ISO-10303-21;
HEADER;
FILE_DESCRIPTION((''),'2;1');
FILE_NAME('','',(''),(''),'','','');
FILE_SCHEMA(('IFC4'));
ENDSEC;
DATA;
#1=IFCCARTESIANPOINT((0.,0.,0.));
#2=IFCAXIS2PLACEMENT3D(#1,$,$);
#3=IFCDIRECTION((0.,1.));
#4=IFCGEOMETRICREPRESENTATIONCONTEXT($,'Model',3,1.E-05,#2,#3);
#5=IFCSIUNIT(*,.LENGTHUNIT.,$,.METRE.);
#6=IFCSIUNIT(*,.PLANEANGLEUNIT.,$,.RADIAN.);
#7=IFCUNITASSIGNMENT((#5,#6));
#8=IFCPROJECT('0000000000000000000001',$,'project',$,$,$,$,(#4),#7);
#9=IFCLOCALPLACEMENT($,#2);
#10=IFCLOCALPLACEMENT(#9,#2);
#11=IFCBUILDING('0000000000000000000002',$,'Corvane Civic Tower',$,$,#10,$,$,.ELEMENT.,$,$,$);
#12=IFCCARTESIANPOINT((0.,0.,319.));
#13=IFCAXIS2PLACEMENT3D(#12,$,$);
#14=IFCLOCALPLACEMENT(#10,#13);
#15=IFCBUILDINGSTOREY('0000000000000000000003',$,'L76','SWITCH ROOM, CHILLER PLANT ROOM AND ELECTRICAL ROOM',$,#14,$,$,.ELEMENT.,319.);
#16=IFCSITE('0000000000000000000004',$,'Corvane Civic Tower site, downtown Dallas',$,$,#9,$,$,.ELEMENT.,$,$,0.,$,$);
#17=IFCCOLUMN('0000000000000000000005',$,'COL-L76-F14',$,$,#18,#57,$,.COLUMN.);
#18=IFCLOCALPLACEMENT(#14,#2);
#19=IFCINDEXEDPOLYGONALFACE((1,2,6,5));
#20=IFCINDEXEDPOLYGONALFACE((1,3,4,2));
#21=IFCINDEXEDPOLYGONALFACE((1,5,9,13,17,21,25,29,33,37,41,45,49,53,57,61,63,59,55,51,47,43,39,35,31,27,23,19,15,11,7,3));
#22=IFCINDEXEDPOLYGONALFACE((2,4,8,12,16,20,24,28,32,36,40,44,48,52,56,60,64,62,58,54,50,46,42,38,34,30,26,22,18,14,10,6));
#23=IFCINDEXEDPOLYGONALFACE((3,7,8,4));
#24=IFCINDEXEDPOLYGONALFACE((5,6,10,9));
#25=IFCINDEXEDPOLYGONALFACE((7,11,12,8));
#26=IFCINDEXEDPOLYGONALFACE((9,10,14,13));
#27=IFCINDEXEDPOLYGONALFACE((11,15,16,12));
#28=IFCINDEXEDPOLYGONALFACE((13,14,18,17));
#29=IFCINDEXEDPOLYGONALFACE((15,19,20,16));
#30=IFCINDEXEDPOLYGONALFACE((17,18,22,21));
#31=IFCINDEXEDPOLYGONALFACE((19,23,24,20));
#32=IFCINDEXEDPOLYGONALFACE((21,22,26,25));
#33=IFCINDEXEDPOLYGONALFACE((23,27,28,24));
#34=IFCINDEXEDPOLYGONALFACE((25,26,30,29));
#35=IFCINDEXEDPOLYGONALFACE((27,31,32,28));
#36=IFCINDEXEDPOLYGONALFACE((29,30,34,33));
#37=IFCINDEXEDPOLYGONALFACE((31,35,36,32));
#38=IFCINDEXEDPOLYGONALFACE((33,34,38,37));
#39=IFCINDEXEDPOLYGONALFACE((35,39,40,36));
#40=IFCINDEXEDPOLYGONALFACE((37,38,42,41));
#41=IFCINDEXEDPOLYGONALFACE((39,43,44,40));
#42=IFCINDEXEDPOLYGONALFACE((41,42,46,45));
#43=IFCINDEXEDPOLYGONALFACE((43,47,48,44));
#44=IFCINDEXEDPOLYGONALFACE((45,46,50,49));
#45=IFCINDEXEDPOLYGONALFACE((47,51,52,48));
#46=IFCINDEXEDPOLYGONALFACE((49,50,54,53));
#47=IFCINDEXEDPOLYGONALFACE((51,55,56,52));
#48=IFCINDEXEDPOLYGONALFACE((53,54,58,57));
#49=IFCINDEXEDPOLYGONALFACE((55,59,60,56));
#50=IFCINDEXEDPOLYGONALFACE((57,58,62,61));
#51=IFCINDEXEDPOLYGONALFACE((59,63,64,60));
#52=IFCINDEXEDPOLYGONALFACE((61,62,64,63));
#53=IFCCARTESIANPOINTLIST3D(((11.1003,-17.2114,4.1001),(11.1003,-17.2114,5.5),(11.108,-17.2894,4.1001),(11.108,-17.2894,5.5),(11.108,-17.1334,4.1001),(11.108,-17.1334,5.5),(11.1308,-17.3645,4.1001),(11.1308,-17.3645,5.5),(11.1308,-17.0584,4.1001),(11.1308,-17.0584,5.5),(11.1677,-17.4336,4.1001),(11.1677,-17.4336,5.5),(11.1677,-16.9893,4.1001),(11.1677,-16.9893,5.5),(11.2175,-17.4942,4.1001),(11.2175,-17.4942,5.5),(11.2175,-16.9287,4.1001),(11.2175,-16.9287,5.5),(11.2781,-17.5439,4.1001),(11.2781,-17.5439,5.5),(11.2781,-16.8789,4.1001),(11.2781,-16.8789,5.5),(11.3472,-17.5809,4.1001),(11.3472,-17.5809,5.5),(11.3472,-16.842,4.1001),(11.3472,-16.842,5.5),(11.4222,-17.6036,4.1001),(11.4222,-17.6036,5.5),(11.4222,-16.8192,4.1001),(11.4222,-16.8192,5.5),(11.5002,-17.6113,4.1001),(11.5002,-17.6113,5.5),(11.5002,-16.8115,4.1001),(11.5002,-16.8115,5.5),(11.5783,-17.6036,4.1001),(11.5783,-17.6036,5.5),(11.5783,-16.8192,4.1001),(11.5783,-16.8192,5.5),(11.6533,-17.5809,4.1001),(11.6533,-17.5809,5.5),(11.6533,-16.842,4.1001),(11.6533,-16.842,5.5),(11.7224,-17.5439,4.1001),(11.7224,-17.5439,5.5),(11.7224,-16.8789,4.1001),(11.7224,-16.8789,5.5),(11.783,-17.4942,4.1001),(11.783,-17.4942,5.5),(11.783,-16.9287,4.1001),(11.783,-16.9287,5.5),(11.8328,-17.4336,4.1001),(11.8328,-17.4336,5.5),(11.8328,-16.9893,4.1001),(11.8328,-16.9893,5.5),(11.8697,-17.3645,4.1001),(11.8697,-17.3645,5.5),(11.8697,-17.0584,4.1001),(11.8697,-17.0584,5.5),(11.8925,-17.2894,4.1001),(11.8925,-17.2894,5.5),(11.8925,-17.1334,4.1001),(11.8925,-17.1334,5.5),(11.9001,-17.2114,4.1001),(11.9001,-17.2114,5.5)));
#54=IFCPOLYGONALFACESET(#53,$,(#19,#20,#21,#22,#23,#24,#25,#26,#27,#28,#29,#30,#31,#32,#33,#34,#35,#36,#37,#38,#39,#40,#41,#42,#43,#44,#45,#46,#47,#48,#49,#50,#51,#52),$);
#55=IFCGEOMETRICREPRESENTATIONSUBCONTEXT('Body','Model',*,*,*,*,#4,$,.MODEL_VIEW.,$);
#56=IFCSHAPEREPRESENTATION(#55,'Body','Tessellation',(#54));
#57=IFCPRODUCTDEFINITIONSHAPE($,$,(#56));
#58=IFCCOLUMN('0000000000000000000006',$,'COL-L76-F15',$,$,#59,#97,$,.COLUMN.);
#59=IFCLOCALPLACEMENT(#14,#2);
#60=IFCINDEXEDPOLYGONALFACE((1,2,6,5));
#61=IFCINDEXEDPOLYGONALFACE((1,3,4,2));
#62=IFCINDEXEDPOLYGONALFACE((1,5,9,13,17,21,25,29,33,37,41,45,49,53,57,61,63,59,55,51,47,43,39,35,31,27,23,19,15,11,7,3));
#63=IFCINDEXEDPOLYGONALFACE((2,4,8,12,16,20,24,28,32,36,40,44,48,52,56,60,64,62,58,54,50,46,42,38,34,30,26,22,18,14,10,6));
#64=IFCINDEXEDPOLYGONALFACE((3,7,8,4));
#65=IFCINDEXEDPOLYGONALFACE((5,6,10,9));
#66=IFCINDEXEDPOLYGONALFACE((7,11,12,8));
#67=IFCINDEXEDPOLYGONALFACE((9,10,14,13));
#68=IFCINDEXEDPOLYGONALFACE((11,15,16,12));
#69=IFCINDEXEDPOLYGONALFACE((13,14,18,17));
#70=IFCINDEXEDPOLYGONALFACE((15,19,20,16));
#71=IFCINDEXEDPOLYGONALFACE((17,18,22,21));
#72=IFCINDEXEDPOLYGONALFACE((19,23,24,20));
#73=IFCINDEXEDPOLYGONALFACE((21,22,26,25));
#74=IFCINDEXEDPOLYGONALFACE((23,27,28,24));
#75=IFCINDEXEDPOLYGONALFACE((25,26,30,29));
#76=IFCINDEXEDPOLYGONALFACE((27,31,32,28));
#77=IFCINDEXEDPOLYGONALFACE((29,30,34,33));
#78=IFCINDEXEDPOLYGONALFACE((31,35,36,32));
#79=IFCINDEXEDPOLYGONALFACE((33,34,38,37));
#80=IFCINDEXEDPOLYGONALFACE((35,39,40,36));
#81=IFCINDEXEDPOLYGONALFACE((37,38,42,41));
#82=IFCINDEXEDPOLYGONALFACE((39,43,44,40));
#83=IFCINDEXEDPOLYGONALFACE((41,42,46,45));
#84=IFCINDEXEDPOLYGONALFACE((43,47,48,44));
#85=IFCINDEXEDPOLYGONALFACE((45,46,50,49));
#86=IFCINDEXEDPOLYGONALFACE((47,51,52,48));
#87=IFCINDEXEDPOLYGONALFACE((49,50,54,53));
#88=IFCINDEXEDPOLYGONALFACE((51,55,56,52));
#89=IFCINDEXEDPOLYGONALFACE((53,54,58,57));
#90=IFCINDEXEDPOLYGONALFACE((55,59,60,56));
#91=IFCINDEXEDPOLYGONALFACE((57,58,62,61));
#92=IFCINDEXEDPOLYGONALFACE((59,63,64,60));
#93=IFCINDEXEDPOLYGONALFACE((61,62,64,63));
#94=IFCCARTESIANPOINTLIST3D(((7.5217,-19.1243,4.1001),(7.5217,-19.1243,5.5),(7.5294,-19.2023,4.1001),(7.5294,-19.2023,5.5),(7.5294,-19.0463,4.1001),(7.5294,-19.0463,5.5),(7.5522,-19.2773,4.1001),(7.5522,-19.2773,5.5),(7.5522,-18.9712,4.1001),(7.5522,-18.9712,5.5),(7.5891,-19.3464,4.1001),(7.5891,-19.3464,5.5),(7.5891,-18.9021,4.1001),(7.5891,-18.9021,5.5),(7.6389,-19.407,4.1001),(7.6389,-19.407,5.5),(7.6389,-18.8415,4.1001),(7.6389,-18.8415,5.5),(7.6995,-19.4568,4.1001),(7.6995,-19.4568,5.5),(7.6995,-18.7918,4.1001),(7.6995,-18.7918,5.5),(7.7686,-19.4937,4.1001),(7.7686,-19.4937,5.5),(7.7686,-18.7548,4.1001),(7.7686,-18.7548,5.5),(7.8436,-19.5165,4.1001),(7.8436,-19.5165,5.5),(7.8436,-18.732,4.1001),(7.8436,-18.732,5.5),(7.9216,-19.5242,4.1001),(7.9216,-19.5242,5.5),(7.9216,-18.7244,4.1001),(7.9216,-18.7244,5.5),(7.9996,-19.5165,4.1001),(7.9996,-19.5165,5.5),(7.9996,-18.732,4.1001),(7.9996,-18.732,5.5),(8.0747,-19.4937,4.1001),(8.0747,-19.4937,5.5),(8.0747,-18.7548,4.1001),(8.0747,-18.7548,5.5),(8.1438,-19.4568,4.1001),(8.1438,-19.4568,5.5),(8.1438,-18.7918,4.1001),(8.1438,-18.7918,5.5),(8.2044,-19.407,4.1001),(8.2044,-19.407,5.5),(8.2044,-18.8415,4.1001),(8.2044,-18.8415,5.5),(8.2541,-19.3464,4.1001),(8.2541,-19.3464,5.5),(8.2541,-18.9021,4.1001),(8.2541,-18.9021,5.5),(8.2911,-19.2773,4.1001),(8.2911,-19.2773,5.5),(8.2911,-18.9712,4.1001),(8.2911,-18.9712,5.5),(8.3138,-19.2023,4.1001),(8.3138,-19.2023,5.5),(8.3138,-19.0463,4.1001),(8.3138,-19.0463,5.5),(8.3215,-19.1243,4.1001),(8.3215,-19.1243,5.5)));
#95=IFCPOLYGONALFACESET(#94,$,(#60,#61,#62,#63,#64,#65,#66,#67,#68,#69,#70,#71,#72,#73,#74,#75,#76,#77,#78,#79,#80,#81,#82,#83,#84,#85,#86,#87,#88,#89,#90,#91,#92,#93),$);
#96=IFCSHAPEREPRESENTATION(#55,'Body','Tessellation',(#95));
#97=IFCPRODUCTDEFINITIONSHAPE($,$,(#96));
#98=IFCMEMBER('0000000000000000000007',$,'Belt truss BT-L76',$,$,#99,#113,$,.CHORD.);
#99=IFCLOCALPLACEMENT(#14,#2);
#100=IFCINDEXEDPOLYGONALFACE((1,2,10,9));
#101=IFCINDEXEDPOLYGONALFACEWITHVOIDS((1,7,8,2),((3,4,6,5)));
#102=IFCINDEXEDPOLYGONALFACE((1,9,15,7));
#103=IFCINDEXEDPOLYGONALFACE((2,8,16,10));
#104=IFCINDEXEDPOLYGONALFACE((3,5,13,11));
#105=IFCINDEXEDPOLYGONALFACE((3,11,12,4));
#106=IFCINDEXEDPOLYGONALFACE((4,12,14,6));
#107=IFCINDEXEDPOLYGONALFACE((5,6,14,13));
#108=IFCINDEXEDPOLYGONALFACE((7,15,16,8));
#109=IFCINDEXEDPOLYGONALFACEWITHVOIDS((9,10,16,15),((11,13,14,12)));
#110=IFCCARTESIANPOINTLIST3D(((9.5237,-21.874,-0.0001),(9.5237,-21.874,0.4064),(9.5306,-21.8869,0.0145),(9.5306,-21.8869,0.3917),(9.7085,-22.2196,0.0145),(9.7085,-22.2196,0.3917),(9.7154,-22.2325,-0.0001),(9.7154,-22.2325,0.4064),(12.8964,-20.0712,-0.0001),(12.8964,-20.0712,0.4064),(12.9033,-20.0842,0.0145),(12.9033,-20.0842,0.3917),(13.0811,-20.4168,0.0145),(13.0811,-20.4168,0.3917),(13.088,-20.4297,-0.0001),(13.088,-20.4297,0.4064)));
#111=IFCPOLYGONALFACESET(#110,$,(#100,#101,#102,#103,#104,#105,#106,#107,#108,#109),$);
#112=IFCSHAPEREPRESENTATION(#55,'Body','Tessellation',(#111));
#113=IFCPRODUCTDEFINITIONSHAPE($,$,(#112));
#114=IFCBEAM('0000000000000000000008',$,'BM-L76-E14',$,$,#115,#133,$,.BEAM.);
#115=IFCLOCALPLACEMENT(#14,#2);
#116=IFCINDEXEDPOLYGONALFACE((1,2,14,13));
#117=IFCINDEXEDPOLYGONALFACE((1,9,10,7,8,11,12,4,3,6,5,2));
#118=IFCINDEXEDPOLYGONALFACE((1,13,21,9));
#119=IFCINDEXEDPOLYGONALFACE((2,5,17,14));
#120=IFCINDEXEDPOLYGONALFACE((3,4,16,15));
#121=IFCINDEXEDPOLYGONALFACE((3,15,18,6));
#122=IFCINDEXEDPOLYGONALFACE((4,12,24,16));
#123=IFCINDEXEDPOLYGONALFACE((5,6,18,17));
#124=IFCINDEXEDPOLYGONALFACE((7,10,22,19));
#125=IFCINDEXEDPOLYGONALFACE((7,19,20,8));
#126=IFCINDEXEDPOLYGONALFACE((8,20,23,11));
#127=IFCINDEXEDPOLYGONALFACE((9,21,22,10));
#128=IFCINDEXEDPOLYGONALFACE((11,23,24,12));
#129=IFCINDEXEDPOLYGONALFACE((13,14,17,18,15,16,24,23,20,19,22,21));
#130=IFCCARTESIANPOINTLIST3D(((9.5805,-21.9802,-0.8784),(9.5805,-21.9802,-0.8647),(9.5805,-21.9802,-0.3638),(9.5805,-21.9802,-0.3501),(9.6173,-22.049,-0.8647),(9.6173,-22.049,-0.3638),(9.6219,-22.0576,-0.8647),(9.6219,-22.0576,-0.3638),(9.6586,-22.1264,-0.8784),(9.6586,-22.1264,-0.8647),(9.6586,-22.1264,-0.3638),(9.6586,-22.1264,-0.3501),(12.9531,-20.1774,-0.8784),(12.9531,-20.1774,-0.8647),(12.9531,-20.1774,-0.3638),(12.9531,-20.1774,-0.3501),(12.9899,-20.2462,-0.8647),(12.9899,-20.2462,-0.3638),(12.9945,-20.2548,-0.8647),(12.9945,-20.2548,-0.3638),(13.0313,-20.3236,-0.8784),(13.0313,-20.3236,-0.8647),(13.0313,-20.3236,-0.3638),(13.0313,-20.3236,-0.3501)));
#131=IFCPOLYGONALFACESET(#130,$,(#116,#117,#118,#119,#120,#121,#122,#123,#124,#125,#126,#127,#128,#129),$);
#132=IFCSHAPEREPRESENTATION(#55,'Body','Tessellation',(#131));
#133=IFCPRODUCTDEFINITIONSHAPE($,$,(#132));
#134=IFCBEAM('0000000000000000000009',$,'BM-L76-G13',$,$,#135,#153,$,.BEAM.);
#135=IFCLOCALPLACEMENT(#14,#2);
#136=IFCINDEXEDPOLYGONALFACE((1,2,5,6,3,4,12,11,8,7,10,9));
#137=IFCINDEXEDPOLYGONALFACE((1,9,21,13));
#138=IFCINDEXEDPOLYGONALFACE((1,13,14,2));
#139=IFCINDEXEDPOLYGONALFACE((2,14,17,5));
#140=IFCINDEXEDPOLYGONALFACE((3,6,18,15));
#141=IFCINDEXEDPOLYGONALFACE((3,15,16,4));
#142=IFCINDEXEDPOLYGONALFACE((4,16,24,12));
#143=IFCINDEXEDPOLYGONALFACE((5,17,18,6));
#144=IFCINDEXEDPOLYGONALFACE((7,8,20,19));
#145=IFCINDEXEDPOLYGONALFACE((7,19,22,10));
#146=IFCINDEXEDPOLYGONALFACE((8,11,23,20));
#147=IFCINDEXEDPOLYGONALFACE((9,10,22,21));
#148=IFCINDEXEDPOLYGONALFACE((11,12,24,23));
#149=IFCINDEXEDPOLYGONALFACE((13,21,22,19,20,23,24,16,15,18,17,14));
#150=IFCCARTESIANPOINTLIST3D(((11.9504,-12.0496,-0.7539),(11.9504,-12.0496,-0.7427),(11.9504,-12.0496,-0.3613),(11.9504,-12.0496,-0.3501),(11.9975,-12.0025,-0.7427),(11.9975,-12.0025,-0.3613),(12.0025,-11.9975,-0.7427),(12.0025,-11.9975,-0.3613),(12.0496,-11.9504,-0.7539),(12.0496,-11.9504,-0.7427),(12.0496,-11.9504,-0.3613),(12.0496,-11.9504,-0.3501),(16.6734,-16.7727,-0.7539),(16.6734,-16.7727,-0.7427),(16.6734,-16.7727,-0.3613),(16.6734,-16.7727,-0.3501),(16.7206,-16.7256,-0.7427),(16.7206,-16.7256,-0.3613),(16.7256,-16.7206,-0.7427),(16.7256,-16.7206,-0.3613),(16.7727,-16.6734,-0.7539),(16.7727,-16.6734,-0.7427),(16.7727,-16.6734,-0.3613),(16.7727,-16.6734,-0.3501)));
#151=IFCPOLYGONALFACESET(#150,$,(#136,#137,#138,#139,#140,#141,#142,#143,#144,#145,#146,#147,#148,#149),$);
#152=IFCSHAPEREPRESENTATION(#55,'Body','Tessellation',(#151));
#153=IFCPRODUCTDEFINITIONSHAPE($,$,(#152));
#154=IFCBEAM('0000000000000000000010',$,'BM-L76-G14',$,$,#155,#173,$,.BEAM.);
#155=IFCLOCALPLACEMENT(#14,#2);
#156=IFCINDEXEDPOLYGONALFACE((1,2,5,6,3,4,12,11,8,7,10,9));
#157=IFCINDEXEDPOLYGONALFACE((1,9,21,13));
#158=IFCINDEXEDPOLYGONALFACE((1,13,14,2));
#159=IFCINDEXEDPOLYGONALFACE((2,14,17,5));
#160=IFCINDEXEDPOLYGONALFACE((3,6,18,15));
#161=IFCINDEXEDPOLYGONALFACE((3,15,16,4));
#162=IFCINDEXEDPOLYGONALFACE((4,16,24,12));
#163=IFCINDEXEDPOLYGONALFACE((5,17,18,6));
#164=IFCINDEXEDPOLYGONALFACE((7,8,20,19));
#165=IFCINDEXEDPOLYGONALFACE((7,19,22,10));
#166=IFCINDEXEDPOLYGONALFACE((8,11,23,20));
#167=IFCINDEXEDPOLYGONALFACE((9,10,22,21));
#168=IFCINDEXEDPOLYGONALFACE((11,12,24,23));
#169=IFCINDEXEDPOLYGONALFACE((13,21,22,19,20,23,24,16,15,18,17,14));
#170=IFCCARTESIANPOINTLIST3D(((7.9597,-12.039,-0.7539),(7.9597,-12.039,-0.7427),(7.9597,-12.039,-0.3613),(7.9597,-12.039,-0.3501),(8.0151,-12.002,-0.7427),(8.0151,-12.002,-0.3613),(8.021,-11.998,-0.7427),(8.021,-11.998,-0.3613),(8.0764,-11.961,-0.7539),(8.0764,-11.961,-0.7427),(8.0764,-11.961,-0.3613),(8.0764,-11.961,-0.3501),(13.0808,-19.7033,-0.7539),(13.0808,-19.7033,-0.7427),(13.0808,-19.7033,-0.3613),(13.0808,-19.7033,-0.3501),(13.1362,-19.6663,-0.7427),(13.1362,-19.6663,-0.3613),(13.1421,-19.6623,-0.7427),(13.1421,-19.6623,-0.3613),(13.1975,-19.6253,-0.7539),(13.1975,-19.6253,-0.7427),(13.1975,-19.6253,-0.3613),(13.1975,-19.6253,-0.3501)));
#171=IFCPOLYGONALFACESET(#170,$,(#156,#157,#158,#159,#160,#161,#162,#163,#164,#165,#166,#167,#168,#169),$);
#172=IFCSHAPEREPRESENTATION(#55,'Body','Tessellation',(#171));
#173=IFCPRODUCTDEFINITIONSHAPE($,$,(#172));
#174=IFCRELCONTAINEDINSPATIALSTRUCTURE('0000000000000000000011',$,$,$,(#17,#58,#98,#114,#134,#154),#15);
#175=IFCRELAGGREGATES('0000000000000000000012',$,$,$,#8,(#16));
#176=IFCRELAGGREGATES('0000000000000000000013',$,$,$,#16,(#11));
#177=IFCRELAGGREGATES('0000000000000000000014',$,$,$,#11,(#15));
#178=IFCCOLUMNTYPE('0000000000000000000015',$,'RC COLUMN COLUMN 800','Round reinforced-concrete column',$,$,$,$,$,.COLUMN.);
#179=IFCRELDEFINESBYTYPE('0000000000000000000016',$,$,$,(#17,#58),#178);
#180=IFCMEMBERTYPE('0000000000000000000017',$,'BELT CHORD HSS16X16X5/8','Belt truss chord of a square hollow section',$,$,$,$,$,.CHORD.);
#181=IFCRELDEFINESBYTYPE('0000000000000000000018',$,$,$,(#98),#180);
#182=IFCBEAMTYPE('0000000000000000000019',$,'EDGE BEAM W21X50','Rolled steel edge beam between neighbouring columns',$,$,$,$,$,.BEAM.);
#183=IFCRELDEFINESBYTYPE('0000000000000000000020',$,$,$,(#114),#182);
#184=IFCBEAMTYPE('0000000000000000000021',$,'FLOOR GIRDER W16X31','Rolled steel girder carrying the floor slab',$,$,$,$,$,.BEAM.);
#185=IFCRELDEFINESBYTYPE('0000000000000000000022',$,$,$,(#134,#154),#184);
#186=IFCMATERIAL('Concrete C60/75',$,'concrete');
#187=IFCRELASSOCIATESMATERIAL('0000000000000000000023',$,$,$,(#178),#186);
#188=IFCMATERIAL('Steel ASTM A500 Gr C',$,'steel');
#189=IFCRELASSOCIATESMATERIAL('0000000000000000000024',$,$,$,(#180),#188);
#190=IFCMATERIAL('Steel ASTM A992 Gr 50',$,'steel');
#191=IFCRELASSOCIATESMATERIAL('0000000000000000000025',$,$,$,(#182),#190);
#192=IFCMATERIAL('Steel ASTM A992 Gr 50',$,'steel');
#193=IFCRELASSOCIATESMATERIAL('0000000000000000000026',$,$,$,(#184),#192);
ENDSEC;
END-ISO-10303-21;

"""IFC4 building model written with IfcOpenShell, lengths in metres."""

from ifc_helpers import new_model, si_unit, direction, frame, origin, origin_2d, place, context, subcontext, project, spatial, hollow_rectangle, circle, i_section, extrude, material, material_profile, profile_set, type_object, element, save


model = new_model("IFC4")

# Units and contexts
model_context = context("Model", 3, precision=1e-05, world=origin(), true_north=direction((0.0, 1.0)))
body_context = subcontext(model_context, "Body", "Model", "MODEL_VIEW")
ifc_project = project(units=[si_unit("LENGTHUNIT", "METRE"), si_unit("PLANEANGLEUNIT", "RADIAN")], contexts=[model_context])

# Site, building, storey
site_placement = place(None, origin())
site = spatial("IfcSite", under=ifc_project, at=site_placement, Name="Corvane Civic Tower site, downtown Dallas", CompositionType="ELEMENT", RefElevation=0.0)
building_placement = place(site_placement, origin())
building = spatial("IfcBuilding", under=site, at=building_placement, Name="Corvane Civic Tower", CompositionType="ELEMENT")
storey_placement = place(building_placement, frame((0.0, 0.0, 319.0)))
storey = spatial("IfcBuildingStorey", under=building, at=storey_placement, Name="L76", Description="SWITCH ROOM, CHILLER PLANT ROOM AND ELECTRICAL ROOM", CompositionType="ELEMENT", Elevation=319.0)

# Columns
ifc_material_1 = material(Name="Concrete C60/75", Category="concrete")
ifc_material_profile_1 = material_profile(ifc_material_1, circle(Radius=0.3999, at=origin_2d()), Name="COLUMN 800")
ifc_profile_set_1 = profile_set([ifc_material_profile_1], Name="Concrete C60/75")
column_type = type_object("IfcColumnType", Name="RC COLUMN COLUMN 800", Description="Round reinforced-concrete column", PredefinedType="COLUMN", material=ifc_profile_set_1)
for number, where, z_axis, x_axis, name in (
    (1, (11.5002, -17.2114, 4.1001), (0.0, 0.0, 1.0), (1.0, 0.0, 0.0), "COL-L76-F14"),
    (2, (7.9216, -19.1243, 4.1001), (0.0, 0.0, 1.0), (1.0, 0.0, 0.0), "COL-L76-F15"),
):
    element("IfcColumn", number, at=place(storey_placement, frame(where, z_axis=z_axis, x_axis=x_axis)), inside=storey, type_object=column_type, Name=name, PredefinedType="COLUMN", context=body_context, shape_type="SweptSolid", body=[
        extrude(circle(Radius=0.3999, at=origin_2d()), origin(), (0.0, 0.0, 1.0), 1.3999),
    ])

# Member
ifc_material_2 = material(Name="Steel ASTM A500 Gr C", Category="steel")
ifc_material_profile_2 = material_profile(ifc_material_2, hollow_rectangle(XDim=0.4065, YDim=0.4065, WallThickness=0.0146, at=origin_2d()), Name="HSS16X16X5/8")
ifc_profile_set_2 = profile_set([ifc_material_profile_2], Name="Steel ASTM A500 Gr C")
member_type = type_object("IfcMemberType", Name="BELT CHORD HSS16X16X5/8", Description="Belt truss chord of a square hollow section", PredefinedType="CHORD", material=ifc_profile_set_2)
member_placement = place(storey_placement, frame((12.9922, -20.2505, 0.2031), z_axis=(-0.881914, -0.47141, 0.0), x_axis=(0.47141, -0.881914, 0.0)))
element("IfcMember", 3, at=member_placement, inside=storey, type_object=member_type, Name="Belt truss BT-L76", PredefinedType="CHORD", context=body_context, shape_type="SweptSolid", body=[
    extrude(hollow_rectangle(XDim=0.4065, YDim=0.4065, WallThickness=0.0146, at=origin_2d()), origin(), (0.0, 0.0, 1.0), 3.8242),
])

# Beams
ifc_material_3 = material(Name="Steel ASTM A992 Gr 50", Category="steel")
ifc_material_profile_3 = material_profile(ifc_material_3, i_section(OverallWidth=0.1658, OverallDepth=0.5283, WebThickness=0.0098, FlangeThickness=0.0137, at=origin_2d()), Name="W21X50")
ifc_profile_set_3 = profile_set([ifc_material_profile_3], Name="Steel ASTM A992 Gr 50")
beam_type_1 = type_object("IfcBeamType", Name="EDGE BEAM W21X50", Description="Rolled steel edge beam between neighbouring columns", PredefinedType="BEAM", material=ifc_profile_set_3)
beam_1_placement = place(storey_placement, frame((12.9922, -20.2505, -0.6143), z_axis=(-0.881914, -0.47141, 0.0), x_axis=(0.47141, -0.881914, 0.0)))
element("IfcBeam", 4, at=beam_1_placement, inside=storey, type_object=beam_type_1, Name="BM-L76-E14", PredefinedType="BEAM", context=body_context, shape_type="SweptSolid", body=[
    extrude(i_section(OverallWidth=0.1658, OverallDepth=0.5283, WebThickness=0.0098, FlangeThickness=0.0137, at=origin_2d()), origin(), (0.0, 0.0, 1.0), 3.8242),
])
ifc_material_4 = material(Name="Steel ASTM A992 Gr 50", Category="steel")
ifc_material_profile_4 = material_profile(ifc_material_4, i_section(OverallWidth=0.1404, OverallDepth=0.4038, WebThickness=0.0071, FlangeThickness=0.0112, at=origin_2d()), Name="W16X31")
ifc_profile_set_4 = profile_set([ifc_material_profile_4], Name="Steel ASTM A992 Gr 50")
beam_type_2 = type_object("IfcBeamType", Name="FLOOR GIRDER W16X31", Description="Rolled steel girder carrying the floor slab", PredefinedType="BEAM", material=ifc_profile_set_4)
beam_2_placement = place(storey_placement, frame((12.0, -12.0, -0.552), z_axis=(0.707107, -0.707107, 0.0), x_axis=(0.707107, 0.707107, 0.0)))
element("IfcBeam", 5, at=beam_2_placement, inside=storey, type_object=beam_type_2, Name="BM-L76-G13", PredefinedType="BEAM", context=body_context, shape_type="SweptSolid", body=[
    extrude(i_section(OverallWidth=0.1404, OverallDepth=0.4038, WebThickness=0.0071, FlangeThickness=0.0112, at=origin_2d()), origin(), (0.0, 0.0, 1.0), 6.6794),
])
beam_3_placement = place(storey_placement, frame((8.0181, -12.0, -0.552), z_axis=(0.555568, -0.831471, 0.0), x_axis=(0.831471, 0.555568, 0.0)))
element("IfcBeam", 6, at=beam_3_placement, inside=storey, type_object=beam_type_2, Name="BM-L76-G14", PredefinedType="BEAM", context=body_context, shape_type="SweptSolid", body=[
    extrude(i_section(OverallWidth=0.1404, OverallDepth=0.4038, WebThickness=0.0071, FlangeThickness=0.0112, at=origin_2d()), origin(), (0.0, 0.0, 1.0), 9.2178),
])

save(model, "model.ifc")
